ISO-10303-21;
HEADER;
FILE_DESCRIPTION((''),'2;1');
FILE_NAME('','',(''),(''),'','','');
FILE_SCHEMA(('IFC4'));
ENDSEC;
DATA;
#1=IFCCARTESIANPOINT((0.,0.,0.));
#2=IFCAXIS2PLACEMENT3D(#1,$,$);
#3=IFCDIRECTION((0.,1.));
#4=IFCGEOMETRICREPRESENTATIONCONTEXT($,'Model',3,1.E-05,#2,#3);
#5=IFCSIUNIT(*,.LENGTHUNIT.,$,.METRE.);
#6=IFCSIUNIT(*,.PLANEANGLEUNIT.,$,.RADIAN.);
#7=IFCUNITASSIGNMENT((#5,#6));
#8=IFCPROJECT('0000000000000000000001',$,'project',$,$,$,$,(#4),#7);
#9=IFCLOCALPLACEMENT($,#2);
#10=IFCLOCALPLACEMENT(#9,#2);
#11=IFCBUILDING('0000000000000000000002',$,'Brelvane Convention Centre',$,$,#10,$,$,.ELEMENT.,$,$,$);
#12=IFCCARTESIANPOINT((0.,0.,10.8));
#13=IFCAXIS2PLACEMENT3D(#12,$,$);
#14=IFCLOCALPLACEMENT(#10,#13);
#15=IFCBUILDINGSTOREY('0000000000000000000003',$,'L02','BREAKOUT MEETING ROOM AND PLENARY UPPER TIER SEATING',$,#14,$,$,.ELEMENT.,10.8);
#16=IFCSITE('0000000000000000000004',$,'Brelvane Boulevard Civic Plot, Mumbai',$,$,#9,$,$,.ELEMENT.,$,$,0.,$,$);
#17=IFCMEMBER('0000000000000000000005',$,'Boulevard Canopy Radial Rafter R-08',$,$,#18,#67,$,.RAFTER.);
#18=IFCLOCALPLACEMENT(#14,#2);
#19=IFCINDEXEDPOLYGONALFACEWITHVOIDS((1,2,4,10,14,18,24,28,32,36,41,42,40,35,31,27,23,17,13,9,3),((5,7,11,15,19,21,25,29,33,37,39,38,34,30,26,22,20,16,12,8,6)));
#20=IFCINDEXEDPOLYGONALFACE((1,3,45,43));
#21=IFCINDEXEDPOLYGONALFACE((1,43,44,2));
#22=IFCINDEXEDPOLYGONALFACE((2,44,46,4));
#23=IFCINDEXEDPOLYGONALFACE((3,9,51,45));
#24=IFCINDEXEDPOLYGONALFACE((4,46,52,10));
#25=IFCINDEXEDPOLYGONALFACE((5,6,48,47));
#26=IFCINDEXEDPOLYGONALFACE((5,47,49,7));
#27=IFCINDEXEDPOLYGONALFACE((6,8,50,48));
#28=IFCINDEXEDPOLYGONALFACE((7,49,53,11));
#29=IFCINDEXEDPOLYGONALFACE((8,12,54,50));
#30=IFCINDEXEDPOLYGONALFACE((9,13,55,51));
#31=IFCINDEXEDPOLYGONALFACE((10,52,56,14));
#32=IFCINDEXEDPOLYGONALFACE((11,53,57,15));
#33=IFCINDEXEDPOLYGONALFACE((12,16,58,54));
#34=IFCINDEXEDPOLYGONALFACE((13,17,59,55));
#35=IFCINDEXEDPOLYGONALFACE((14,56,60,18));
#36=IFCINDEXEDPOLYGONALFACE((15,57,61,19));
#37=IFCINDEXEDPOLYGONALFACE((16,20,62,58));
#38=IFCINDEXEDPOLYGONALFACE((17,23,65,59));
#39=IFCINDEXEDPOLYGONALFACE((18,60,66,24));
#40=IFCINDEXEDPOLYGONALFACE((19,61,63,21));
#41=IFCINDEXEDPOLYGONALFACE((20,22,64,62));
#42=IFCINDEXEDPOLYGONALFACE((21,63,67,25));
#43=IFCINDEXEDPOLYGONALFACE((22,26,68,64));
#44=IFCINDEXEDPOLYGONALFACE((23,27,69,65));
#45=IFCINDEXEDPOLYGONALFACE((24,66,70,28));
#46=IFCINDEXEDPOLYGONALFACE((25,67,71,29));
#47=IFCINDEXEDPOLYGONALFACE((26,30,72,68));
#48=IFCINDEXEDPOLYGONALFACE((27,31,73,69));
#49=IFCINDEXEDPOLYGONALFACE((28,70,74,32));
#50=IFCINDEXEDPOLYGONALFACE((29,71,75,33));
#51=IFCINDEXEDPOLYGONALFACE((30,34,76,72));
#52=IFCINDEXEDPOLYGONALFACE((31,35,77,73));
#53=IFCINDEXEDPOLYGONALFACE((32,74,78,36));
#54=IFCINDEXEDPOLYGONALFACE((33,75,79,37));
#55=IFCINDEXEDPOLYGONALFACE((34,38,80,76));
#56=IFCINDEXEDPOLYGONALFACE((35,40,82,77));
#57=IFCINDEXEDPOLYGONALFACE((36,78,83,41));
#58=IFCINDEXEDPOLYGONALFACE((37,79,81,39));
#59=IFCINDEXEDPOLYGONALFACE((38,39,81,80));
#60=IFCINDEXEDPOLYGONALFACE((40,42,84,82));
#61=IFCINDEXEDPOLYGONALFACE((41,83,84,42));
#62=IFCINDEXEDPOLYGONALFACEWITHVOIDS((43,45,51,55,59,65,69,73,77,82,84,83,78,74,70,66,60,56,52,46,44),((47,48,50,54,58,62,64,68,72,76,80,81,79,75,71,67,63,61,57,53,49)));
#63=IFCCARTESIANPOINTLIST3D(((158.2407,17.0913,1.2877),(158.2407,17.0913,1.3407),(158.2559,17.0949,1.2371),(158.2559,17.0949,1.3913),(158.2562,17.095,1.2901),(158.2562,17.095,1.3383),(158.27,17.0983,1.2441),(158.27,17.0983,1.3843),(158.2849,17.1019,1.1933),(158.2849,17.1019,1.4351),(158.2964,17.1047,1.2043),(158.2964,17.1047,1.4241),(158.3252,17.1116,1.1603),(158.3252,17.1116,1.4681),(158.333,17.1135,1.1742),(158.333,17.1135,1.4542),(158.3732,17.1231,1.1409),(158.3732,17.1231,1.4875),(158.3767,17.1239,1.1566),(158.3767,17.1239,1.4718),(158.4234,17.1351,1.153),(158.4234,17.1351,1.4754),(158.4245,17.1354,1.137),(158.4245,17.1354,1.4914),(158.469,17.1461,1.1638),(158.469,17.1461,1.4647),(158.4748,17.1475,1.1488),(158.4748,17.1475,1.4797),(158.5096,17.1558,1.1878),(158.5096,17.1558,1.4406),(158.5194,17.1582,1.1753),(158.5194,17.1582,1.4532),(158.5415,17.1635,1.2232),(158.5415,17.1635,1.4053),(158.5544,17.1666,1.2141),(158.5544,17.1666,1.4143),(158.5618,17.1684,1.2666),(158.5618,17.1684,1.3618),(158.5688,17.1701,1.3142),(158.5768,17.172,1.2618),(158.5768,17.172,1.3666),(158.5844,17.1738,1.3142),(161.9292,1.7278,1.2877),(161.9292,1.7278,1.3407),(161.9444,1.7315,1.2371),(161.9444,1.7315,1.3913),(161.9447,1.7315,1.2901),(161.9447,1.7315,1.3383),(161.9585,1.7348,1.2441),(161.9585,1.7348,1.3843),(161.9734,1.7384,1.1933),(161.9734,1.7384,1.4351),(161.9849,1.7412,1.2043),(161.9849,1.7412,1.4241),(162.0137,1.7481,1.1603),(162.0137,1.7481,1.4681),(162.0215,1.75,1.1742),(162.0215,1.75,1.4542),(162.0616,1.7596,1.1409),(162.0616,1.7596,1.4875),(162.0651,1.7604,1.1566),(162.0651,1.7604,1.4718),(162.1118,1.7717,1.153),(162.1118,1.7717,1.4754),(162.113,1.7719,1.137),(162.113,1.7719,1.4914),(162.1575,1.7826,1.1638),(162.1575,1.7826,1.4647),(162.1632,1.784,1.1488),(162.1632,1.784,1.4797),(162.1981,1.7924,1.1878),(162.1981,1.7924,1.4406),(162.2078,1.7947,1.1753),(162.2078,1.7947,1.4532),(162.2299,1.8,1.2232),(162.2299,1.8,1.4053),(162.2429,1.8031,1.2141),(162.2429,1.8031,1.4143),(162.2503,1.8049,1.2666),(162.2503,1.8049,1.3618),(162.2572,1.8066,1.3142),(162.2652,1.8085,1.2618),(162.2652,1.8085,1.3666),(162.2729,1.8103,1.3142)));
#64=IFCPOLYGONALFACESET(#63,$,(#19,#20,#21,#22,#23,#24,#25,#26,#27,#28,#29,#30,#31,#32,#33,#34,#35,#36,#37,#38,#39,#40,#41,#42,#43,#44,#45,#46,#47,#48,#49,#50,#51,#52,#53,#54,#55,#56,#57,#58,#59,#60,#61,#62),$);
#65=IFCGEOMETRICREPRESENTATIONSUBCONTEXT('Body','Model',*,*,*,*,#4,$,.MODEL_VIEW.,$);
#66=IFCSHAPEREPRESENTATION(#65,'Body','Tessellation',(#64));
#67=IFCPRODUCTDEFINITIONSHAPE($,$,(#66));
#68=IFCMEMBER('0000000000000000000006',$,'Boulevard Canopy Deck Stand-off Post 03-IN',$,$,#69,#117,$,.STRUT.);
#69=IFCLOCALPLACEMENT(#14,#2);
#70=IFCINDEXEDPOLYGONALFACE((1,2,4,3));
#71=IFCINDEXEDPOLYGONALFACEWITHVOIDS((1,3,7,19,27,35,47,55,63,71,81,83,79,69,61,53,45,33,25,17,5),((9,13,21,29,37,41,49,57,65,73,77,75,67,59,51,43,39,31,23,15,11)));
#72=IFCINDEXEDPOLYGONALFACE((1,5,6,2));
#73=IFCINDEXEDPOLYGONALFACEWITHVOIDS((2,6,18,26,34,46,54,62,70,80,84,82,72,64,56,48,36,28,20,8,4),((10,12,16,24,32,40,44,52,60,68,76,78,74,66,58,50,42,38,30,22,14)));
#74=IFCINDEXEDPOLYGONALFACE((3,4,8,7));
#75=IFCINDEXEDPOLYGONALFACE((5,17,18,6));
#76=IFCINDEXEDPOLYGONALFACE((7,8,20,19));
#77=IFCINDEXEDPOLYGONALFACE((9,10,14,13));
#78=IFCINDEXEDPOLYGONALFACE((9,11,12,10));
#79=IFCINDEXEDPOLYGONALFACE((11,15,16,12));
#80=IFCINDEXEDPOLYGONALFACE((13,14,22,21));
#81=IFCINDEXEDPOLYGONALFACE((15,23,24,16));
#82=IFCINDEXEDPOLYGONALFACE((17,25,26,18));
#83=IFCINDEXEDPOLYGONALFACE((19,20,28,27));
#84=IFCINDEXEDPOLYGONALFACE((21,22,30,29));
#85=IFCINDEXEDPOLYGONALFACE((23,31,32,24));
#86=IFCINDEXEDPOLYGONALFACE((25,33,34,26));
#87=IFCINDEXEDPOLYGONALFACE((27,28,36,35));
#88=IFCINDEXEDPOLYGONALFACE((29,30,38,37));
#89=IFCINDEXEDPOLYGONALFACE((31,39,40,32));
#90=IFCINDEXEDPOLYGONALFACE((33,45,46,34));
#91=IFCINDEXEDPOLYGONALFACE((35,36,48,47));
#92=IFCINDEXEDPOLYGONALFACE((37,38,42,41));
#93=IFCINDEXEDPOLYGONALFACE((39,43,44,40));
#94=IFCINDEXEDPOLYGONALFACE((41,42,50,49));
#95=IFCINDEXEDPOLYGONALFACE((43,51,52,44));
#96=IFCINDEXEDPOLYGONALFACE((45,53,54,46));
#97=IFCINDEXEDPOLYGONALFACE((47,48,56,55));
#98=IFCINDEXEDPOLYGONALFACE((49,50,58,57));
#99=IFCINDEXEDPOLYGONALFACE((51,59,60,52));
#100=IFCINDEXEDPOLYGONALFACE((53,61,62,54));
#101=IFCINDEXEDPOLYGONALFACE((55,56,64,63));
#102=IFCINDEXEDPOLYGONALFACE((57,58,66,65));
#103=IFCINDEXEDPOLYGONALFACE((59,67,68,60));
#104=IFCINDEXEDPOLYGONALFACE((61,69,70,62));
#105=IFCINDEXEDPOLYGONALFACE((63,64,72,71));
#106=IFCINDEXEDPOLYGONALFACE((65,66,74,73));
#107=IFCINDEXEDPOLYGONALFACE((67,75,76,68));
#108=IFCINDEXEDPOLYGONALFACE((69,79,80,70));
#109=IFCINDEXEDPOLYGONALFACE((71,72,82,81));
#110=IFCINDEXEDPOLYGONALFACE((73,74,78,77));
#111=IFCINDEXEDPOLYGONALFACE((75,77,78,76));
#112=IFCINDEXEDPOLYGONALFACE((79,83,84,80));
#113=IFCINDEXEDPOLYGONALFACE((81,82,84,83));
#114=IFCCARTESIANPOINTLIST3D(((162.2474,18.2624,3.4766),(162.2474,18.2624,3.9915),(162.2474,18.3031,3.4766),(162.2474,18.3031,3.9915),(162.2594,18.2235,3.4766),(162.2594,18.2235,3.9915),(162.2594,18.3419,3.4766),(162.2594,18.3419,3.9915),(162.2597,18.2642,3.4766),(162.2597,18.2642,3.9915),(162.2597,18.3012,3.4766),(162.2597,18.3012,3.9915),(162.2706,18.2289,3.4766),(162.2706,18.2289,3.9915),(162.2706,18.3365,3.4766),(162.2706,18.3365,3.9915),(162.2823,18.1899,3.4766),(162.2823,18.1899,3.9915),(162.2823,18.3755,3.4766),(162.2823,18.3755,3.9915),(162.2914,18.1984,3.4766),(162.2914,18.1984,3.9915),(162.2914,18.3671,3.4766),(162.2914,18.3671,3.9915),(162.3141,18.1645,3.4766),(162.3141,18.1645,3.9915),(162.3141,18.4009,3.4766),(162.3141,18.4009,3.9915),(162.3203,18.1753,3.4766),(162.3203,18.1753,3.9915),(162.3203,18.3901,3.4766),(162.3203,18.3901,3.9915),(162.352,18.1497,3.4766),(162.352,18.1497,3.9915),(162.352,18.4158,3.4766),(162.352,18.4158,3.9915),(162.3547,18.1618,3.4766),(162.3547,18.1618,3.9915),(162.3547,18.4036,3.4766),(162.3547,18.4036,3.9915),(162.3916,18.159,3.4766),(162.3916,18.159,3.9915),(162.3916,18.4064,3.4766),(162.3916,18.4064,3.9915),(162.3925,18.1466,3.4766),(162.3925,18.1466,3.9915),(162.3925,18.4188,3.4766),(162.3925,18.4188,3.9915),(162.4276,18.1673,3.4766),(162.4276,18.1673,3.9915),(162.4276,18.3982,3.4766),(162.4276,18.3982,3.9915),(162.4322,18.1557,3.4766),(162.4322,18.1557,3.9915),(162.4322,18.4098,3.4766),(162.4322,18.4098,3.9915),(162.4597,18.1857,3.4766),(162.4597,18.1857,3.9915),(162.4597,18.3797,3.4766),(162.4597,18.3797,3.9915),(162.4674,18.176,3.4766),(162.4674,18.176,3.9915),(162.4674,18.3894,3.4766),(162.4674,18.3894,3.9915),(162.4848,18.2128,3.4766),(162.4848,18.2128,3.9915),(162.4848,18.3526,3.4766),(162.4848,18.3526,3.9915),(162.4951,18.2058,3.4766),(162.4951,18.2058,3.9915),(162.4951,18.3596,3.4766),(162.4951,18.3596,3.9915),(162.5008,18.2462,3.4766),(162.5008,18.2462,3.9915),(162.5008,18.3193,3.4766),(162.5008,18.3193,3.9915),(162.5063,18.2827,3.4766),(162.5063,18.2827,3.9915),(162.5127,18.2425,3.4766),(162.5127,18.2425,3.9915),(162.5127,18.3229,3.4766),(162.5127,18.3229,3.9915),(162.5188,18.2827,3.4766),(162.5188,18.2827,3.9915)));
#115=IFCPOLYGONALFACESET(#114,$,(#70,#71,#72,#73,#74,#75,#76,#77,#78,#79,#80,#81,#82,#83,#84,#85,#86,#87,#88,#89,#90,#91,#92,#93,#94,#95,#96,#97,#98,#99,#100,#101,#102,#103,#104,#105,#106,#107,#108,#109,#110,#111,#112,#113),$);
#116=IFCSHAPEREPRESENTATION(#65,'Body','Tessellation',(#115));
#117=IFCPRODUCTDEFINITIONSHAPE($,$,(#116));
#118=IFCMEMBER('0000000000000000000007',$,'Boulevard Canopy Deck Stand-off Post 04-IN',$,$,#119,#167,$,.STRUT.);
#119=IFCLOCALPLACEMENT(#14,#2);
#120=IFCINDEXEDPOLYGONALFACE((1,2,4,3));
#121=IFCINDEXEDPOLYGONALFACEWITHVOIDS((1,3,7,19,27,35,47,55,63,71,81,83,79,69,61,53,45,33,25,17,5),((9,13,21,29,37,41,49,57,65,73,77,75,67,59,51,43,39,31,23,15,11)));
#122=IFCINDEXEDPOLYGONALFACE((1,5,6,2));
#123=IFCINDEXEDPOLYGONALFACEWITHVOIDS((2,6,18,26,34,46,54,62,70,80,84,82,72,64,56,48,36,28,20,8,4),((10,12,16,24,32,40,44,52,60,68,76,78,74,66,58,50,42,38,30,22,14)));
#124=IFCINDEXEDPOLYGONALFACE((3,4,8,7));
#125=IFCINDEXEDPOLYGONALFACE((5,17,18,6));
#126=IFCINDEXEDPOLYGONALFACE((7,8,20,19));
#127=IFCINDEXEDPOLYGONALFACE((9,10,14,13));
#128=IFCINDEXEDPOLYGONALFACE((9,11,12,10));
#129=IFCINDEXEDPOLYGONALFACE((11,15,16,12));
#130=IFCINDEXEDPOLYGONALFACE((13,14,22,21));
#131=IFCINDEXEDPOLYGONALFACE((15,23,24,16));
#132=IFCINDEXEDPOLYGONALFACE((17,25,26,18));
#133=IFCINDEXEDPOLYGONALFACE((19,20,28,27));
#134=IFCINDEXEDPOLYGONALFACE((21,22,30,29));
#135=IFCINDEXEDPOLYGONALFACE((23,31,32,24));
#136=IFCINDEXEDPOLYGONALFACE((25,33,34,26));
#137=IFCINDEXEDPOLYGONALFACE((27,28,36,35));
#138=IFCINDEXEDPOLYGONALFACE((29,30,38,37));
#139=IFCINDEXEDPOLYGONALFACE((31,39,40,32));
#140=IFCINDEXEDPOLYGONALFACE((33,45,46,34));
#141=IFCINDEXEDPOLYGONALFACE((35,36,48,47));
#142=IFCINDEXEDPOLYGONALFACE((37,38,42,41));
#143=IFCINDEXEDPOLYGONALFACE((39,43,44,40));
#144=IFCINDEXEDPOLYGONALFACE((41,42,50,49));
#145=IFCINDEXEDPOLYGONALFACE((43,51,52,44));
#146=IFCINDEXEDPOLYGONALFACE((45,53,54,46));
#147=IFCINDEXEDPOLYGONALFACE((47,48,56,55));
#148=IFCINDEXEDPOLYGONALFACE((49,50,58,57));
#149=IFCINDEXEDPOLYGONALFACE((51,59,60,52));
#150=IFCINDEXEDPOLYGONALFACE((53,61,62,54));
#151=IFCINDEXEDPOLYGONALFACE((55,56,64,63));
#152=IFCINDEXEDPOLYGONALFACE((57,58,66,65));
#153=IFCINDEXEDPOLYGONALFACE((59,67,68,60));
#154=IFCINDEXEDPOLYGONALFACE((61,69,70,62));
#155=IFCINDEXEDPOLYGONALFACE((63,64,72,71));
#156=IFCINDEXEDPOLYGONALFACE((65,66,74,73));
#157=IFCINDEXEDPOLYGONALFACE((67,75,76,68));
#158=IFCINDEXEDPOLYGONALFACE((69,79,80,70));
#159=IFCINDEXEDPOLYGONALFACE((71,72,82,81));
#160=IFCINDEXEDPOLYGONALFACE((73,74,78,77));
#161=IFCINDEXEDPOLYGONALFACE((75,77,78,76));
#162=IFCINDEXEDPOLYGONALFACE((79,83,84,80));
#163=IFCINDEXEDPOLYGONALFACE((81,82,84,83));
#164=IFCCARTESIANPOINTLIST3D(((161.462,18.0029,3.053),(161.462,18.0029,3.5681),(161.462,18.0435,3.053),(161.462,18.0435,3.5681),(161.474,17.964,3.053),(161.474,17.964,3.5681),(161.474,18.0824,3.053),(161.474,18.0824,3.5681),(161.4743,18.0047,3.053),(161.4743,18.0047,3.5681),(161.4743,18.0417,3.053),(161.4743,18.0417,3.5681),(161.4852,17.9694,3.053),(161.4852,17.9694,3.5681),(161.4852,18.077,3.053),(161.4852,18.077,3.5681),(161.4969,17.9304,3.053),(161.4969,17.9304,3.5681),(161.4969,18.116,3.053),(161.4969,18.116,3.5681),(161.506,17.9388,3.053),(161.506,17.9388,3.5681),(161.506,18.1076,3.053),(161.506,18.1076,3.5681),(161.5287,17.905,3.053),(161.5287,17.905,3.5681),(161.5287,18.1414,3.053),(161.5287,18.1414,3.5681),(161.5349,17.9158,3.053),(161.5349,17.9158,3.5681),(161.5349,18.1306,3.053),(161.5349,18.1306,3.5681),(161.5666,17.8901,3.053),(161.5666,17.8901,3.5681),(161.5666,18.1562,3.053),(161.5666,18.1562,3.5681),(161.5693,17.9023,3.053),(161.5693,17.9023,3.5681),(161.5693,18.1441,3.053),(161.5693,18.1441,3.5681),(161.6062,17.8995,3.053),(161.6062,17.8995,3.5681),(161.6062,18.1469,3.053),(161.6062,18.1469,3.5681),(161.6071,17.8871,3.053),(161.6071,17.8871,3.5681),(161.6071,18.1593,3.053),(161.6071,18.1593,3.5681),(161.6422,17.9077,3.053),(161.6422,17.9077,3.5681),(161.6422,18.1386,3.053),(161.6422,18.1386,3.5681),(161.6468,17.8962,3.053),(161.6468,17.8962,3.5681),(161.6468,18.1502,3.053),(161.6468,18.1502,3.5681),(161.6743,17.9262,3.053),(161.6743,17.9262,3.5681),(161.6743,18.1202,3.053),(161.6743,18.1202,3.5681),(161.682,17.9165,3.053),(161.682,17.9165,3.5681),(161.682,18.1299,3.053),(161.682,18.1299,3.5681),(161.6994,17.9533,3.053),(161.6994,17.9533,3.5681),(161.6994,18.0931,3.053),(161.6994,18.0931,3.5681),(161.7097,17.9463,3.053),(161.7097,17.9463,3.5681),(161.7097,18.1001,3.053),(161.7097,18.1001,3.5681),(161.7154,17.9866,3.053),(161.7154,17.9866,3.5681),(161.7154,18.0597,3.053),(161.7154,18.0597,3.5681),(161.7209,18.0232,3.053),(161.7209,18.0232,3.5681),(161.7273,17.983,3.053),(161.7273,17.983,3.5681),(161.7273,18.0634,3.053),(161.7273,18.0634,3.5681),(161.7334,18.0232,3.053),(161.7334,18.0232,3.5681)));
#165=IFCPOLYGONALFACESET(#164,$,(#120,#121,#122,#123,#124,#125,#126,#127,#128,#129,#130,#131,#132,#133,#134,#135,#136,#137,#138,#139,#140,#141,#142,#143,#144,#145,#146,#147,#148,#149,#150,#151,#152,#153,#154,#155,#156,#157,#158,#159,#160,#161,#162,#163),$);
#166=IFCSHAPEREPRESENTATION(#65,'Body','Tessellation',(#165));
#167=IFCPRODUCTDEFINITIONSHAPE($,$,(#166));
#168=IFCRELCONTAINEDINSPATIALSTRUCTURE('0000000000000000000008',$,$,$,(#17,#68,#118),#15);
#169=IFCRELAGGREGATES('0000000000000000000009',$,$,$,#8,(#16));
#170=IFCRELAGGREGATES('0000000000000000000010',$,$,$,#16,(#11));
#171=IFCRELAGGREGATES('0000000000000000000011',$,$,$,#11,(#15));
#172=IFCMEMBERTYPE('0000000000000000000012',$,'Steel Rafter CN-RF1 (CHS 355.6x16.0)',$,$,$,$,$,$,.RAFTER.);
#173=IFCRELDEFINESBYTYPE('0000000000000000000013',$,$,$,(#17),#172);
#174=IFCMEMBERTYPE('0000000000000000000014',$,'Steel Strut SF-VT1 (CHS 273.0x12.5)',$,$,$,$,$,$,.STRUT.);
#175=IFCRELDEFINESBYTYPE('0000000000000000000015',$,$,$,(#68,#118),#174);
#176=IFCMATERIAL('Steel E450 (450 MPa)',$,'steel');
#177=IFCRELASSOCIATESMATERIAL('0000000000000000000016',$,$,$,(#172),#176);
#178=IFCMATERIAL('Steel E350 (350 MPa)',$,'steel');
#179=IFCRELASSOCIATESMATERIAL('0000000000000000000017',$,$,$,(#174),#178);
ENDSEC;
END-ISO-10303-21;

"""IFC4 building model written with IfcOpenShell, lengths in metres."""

from ifc_helpers import new_model, si_unit, direction, frame, origin, origin_2d, place, context, subcontext, project, spatial, hollow_circle, extrude, material, material_profile, profile_set, type_object, element, save


model = new_model("IFC4")

# Units and contexts
model_context = context("Model", 3, precision=1e-05, world=origin(), true_north=direction((0.0, 1.0)))
body_context = subcontext(model_context, "Body", "Model", "MODEL_VIEW")
ifc_project = project(units=[si_unit("LENGTHUNIT", "METRE"), si_unit("PLANEANGLEUNIT", "RADIAN")], contexts=[model_context])

# Site, building, storey
site_placement = place(None, origin())
site = spatial("IfcSite", under=ifc_project, at=site_placement, Name="Brelvane Boulevard Civic Plot, Mumbai", CompositionType="ELEMENT", RefElevation=0.0)
building_placement = place(site_placement, origin())
building = spatial("IfcBuilding", under=site, at=building_placement, Name="Brelvane Convention Centre", CompositionType="ELEMENT")
storey_placement = place(building_placement, frame((0.0, 0.0, 10.8)))
storey = spatial("IfcBuildingStorey", under=building, at=storey_placement, Name="L02", Description="BREAKOUT MEETING ROOM AND PLENARY UPPER TIER SEATING", CompositionType="ELEMENT", Elevation=10.8)

# Members
ifc_material_1 = material(Name="Steel E450 (450 MPa)", Category="steel")
ifc_material_profile_1 = material_profile(ifc_material_1, hollow_circle(Radius=0.1777, WallThickness=0.0161, at=origin_2d()), Name="CHS 355.6x16.0")
ifc_profile_set_1 = profile_set([ifc_material_profile_1], Name="Steel E450 (450 MPa)")
member_type_1 = type_object("IfcMemberType", Name="Steel Rafter CN-RF1 (CHS 355.6x16.0)", PredefinedType="RAFTER", material=ifc_profile_set_1)
for number, where, z_axis, x_axis, name in (
    (1, (158.4116, 17.1323, 1.3142), (0.233447, -0.97237, 0.0), (0.97237, 0.233447, 0.0), "Boulevard Canopy Radial Rafter R-08"),
):
    element("IfcMember", number, at=place(storey_placement, frame(where, z_axis=z_axis, x_axis=x_axis)), inside=storey, type_object=member_type_1, Name=name, PredefinedType="RAFTER", context=body_context, shape_type="SweptSolid", body=[
        extrude(hollow_circle(Radius=0.1777, WallThickness=0.0161, at=origin_2d()), origin(), (0.0, 0.0, 1.0), 15.8),
    ])
ifc_material_2 = material(Name="Steel E350 (350 MPa)", Category="steel")
ifc_material_profile_2 = material_profile(ifc_material_2, hollow_circle(Radius=0.1365, WallThickness=0.0125, at=origin_2d()), Name="CHS 273.0x12.5")
ifc_profile_set_2 = profile_set([ifc_material_profile_2], Name="Steel E350 (350 MPa)")
member_type_2 = type_object("IfcMemberType", Name="Steel Strut SF-VT1 (CHS 273.0x12.5)", PredefinedType="STRUT", material=ifc_profile_set_2)
member_1_placement = place(storey_placement, frame((162.3823, 18.2827, 3.4766), z_axis=(0.0, 0.0, 1.0), x_axis=(1.0, 0.0, 0.0)))
element("IfcMember", 2, at=member_1_placement, inside=storey, type_object=member_type_2, Name="Boulevard Canopy Deck Stand-off Post 03-IN", PredefinedType="STRUT", context=body_context, shape_type="SweptSolid", body=[
    extrude(hollow_circle(Radius=0.1365, WallThickness=0.0125, at=origin_2d()), origin(), (0.0, 0.0, 1.0), 0.5149),
])
for number, where, z_axis, x_axis, name in (
    (3, (161.5969, 18.0232, 3.053), (0.0, 0.0, 1.0), (1.0, 0.0, 0.0), "Boulevard Canopy Deck Stand-off Post 04-IN"),
):
    element("IfcMember", number, at=place(storey_placement, frame(where, z_axis=z_axis, x_axis=x_axis)), inside=storey, type_object=member_type_2, Name=name, PredefinedType="STRUT", context=body_context, shape_type="SweptSolid", body=[
        extrude(hollow_circle(Radius=0.1365, WallThickness=0.0125, at=origin_2d()), origin(), (0.0, 0.0, 1.0), 0.5151),
    ])

save(model, "model.ifc")
